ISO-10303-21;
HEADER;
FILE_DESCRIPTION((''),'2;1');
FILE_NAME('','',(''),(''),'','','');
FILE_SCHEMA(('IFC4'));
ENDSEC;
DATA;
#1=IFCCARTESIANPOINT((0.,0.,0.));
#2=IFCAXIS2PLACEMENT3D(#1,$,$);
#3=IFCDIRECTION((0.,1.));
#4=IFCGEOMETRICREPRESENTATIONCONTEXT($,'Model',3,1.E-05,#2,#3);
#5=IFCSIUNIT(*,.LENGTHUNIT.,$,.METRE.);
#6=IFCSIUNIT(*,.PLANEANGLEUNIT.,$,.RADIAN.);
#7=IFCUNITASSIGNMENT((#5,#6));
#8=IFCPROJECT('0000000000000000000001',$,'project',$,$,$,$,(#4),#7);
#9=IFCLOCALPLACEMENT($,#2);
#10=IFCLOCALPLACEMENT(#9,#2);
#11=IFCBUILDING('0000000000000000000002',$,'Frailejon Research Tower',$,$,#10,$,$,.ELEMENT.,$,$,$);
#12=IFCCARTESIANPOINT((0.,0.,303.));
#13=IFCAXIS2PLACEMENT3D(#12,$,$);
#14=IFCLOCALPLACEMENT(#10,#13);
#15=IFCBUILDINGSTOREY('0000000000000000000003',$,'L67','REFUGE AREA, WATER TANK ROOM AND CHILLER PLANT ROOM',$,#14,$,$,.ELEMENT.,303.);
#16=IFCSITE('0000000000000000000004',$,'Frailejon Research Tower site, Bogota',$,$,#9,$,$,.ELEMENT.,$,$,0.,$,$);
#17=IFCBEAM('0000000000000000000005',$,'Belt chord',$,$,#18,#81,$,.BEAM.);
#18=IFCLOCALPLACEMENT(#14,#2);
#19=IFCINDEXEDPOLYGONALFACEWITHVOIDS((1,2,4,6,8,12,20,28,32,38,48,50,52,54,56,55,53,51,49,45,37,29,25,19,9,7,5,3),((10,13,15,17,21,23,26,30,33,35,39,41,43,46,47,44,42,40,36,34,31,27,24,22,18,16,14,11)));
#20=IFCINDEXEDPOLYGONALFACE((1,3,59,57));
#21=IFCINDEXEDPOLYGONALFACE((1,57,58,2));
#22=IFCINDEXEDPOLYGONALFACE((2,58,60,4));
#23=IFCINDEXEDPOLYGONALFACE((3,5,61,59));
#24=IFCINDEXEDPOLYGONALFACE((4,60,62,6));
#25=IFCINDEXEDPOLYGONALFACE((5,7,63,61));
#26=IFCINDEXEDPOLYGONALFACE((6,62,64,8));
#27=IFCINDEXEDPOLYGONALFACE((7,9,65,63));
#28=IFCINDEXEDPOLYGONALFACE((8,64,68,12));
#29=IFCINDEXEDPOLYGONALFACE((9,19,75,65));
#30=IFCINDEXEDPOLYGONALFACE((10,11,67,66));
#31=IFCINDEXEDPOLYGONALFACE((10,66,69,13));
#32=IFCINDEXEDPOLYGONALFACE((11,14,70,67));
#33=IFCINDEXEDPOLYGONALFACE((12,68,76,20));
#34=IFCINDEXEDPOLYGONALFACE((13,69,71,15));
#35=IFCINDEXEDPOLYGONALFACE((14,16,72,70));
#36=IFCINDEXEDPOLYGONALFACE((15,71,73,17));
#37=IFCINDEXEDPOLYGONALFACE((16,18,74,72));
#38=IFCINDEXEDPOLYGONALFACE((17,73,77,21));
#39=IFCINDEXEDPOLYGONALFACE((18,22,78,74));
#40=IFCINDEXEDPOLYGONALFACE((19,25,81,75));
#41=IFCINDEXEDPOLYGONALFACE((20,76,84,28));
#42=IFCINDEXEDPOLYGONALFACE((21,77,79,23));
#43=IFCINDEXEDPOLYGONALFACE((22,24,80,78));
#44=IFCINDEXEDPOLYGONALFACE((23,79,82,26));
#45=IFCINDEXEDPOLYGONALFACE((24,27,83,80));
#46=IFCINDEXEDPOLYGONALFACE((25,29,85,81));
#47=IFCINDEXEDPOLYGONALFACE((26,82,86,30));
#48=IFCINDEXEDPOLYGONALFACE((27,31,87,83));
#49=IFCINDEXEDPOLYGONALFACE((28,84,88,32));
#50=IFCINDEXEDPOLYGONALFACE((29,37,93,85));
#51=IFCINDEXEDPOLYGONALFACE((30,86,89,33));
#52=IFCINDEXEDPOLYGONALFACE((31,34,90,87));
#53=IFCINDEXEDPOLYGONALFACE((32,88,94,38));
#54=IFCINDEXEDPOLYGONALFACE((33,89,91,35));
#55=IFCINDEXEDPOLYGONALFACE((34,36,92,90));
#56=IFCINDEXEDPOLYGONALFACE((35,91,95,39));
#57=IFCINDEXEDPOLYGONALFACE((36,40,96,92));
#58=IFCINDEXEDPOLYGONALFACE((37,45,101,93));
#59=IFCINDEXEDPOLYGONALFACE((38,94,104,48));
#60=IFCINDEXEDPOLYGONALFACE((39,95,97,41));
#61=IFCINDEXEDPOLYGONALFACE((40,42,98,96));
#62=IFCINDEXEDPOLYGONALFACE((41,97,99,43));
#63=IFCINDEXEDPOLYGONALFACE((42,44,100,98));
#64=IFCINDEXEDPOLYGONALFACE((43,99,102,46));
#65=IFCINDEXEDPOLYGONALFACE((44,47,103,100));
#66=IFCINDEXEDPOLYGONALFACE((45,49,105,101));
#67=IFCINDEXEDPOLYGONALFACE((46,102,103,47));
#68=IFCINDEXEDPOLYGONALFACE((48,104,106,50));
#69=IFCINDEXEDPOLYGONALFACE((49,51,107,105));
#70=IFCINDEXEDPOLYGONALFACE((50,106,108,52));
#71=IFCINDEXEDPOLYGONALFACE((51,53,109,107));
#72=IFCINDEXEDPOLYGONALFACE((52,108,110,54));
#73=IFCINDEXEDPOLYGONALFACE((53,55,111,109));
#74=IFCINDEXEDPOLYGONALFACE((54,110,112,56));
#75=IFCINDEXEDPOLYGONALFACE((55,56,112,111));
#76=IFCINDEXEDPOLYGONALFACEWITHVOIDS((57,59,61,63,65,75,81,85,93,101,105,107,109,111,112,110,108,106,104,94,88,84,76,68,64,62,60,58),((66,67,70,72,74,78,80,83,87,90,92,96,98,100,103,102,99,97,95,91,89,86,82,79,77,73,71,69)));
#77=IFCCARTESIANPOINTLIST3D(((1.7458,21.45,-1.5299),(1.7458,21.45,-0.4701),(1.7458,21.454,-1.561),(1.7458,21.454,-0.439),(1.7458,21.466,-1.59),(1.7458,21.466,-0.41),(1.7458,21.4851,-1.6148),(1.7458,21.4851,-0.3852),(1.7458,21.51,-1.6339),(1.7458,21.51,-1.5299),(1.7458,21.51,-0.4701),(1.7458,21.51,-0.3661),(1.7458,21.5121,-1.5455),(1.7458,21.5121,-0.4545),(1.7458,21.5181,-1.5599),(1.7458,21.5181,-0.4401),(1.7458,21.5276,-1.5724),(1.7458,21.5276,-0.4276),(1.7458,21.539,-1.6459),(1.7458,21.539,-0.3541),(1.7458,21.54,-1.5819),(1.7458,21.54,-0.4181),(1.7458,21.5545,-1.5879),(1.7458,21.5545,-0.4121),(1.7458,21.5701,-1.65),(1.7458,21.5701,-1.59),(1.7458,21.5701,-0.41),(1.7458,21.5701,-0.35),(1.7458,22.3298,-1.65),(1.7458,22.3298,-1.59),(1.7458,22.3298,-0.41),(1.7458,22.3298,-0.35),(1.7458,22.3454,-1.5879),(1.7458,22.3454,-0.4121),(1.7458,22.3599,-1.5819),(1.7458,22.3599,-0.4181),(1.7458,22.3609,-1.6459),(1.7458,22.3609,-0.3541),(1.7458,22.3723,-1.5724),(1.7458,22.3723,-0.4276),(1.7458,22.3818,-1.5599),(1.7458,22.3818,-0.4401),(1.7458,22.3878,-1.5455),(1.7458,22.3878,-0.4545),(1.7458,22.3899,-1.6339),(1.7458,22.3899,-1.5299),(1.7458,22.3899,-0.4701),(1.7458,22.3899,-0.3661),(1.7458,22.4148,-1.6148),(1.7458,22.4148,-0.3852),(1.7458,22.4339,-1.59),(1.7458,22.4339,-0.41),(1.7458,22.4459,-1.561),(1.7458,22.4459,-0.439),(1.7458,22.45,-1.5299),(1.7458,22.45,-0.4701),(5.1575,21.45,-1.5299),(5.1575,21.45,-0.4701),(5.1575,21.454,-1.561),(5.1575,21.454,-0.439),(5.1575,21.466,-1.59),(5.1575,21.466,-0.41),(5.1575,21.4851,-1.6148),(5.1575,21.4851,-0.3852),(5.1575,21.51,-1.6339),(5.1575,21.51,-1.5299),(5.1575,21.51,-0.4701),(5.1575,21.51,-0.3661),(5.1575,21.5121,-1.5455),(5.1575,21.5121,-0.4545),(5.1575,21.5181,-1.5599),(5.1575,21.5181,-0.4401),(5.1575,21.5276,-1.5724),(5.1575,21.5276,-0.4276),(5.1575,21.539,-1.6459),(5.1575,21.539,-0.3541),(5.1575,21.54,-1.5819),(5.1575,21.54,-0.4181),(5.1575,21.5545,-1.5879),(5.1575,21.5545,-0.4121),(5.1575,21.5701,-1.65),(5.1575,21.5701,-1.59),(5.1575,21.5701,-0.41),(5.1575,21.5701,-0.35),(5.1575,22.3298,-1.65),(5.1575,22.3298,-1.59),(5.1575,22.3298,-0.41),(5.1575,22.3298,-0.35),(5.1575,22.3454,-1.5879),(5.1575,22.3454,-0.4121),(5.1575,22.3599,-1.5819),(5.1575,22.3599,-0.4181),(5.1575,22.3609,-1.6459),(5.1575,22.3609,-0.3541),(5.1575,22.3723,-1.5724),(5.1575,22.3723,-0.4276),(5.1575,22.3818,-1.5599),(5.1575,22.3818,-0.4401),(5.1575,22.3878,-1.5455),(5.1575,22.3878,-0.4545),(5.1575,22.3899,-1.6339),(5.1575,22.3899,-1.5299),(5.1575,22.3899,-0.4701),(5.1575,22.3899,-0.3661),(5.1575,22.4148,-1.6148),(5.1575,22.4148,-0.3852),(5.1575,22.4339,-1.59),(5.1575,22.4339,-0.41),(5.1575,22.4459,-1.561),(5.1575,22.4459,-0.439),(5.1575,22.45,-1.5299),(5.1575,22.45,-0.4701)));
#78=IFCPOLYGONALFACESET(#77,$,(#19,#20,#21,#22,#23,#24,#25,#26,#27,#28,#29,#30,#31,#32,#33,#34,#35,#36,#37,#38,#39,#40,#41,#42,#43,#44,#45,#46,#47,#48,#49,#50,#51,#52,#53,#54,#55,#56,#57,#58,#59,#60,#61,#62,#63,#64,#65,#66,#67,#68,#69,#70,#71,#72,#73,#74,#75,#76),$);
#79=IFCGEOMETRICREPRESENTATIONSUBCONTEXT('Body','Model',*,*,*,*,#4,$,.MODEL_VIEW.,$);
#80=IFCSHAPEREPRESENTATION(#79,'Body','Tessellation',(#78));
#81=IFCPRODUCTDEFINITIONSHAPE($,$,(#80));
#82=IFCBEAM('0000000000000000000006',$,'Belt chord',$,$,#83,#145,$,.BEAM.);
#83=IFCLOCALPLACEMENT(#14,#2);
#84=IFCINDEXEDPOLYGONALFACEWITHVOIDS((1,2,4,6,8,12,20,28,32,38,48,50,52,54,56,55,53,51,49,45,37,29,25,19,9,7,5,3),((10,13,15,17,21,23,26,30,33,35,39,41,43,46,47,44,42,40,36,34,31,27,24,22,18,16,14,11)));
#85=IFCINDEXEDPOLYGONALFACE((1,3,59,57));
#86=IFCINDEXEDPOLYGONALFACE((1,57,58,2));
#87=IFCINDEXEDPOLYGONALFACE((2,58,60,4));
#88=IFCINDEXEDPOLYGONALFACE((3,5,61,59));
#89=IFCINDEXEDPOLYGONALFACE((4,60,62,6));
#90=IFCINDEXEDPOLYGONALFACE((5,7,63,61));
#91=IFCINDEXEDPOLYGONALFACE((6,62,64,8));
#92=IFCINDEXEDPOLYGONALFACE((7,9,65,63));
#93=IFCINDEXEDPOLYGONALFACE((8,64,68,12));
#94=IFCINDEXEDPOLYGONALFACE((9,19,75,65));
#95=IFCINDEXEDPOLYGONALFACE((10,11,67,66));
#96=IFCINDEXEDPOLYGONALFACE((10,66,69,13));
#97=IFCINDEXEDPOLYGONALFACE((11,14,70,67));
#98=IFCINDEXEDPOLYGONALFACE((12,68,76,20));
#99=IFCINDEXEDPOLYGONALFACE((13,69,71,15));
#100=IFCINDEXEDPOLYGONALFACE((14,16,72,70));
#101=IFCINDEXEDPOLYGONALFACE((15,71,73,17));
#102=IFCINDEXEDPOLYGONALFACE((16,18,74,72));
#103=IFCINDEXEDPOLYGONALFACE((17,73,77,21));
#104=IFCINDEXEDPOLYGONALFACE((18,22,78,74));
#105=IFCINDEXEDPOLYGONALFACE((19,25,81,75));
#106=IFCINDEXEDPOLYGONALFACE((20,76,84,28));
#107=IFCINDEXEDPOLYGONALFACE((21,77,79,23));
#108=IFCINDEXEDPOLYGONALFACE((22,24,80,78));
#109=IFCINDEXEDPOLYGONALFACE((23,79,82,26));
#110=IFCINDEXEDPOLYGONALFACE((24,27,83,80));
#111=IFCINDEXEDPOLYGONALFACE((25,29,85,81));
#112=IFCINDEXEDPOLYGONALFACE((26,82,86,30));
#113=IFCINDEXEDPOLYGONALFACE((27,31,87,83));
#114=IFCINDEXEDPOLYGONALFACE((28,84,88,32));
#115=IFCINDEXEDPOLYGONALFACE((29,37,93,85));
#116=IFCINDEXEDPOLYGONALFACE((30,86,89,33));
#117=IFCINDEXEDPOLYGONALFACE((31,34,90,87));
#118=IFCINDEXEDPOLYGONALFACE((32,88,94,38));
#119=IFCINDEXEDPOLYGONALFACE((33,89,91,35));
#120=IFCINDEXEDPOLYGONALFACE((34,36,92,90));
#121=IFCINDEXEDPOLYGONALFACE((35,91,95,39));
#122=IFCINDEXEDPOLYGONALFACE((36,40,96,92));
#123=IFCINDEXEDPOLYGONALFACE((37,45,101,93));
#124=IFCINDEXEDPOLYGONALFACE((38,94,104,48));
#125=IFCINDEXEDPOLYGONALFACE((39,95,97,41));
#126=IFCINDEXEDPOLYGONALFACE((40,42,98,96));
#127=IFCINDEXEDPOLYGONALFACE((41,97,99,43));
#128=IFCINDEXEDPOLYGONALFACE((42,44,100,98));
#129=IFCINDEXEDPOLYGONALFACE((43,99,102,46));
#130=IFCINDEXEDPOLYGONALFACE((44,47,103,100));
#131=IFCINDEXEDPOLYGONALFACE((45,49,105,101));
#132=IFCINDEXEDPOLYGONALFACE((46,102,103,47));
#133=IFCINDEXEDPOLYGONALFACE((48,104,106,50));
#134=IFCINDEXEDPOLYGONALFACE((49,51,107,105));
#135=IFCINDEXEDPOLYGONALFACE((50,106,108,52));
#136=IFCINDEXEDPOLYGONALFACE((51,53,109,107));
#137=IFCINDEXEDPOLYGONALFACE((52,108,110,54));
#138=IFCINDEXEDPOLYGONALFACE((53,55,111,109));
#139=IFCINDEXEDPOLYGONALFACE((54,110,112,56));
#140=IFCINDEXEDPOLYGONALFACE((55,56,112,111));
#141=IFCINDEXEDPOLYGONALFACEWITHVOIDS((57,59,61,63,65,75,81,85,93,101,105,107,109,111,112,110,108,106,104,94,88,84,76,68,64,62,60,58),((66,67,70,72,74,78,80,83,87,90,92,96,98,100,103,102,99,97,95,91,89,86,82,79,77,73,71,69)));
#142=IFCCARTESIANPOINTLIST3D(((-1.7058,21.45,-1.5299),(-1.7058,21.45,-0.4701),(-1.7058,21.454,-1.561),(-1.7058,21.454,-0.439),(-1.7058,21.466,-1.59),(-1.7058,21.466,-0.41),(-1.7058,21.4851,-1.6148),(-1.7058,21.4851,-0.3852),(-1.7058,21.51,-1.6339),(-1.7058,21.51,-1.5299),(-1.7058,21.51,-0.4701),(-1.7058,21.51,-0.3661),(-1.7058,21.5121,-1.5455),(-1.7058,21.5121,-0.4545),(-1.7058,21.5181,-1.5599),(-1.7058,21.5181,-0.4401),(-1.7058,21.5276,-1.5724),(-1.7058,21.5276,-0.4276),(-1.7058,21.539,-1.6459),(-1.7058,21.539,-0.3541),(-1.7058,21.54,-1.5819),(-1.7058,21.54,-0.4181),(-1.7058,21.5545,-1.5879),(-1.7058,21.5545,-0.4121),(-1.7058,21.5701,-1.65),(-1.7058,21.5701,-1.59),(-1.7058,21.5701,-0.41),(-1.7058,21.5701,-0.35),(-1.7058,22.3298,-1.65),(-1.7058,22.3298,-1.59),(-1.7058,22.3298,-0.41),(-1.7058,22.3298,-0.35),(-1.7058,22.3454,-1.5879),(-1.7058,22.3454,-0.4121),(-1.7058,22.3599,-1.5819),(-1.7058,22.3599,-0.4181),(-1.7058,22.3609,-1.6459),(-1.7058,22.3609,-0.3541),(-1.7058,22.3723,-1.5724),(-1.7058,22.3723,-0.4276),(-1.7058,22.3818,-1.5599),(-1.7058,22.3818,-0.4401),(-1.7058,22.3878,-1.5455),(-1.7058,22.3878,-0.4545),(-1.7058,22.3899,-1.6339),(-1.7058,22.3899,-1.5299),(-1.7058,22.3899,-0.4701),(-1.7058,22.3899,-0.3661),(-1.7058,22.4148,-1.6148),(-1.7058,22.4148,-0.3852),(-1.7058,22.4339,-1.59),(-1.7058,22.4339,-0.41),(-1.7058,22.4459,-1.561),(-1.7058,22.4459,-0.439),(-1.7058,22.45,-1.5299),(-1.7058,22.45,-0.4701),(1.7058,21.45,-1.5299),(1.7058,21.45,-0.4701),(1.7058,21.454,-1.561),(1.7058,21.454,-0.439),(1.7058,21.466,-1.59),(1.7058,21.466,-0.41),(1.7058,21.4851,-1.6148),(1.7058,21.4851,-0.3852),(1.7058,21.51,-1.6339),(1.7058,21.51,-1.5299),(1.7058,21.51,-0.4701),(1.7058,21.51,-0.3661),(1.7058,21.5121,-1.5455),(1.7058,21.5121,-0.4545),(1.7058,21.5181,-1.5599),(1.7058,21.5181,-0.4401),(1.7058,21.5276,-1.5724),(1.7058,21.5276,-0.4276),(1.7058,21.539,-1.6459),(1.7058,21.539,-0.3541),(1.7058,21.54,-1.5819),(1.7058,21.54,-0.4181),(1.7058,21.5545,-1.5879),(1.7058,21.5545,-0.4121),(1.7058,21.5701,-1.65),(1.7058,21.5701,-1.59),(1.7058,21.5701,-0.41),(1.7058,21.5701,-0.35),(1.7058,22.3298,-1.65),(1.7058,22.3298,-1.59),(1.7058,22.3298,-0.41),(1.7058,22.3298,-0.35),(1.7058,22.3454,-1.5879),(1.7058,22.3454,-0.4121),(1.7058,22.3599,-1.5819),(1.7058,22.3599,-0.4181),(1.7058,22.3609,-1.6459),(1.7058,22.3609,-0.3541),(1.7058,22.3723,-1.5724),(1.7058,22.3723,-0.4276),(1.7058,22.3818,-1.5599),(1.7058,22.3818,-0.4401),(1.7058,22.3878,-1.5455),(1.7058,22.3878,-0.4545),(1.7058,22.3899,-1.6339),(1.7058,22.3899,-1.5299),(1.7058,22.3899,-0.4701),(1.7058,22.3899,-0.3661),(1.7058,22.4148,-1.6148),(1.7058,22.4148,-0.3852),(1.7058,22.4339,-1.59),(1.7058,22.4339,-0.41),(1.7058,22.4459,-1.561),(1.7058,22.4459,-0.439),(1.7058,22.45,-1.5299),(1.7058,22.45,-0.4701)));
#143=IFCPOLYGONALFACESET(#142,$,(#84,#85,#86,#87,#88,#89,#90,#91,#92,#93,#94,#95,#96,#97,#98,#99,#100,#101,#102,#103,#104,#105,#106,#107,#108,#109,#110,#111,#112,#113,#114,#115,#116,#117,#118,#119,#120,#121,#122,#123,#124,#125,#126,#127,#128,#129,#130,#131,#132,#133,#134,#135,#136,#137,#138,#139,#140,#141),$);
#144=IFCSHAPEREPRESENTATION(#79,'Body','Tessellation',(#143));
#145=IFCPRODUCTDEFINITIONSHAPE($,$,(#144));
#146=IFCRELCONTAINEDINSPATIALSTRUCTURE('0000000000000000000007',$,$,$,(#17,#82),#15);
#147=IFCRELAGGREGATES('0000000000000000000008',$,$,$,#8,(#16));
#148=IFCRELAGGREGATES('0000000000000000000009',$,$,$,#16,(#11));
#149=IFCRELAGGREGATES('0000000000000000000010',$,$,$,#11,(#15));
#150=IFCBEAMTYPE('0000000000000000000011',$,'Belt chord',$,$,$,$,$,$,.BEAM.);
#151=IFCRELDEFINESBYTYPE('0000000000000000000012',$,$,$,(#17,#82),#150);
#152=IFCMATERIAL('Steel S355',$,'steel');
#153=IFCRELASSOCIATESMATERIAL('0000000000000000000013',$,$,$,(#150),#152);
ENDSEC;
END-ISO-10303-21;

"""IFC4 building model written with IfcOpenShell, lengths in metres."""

from ifc_helpers import new_model, si_unit, direction, frame, origin, origin_2d, place, context, subcontext, project, spatial, hollow_rectangle, extrude, material, material_profile, profile_set, type_object, element, save


model = new_model("IFC4")

# Units and contexts
model_context = context("Model", 3, precision=1e-05, world=origin(), true_north=direction((0.0, 1.0)))
body_context = subcontext(model_context, "Body", "Model", "MODEL_VIEW")
ifc_project = project(units=[si_unit("LENGTHUNIT", "METRE"), si_unit("PLANEANGLEUNIT", "RADIAN")], contexts=[model_context])

# Site, building, storey
site_placement = place(None, origin())
site = spatial("IfcSite", under=ifc_project, at=site_placement, Name="Frailejon Research Tower site, Bogota", CompositionType="ELEMENT", RefElevation=0.0)
building_placement = place(site_placement, origin())
building = spatial("IfcBuilding", under=site, at=building_placement, Name="Frailejon Research Tower", CompositionType="ELEMENT")
storey_placement = place(building_placement, frame((0.0, 0.0, 303.0)))
storey = spatial("IfcBuildingStorey", under=building, at=storey_placement, Name="L67", Description="REFUGE AREA, WATER TANK ROOM AND CHILLER PLANT ROOM", CompositionType="ELEMENT", Elevation=303.0)

# Beams
ifc_material_1 = material(Name="Steel S355", Category="steel")
ifc_material_profile_1 = material_profile(ifc_material_1, hollow_rectangle(XDim=1.0, YDim=1.3, WallThickness=0.0601, InnerFilletRadius=0.0601, OuterFilletRadius=0.1201, at=origin_2d()), Name="Belt chord")
ifc_profile_set_1 = profile_set([ifc_material_profile_1], Name="Steel S355")
beam_type_1 = type_object("IfcBeamType", Name="Belt chord", PredefinedType="BEAM", material=ifc_profile_set_1)
for number, where, z_axis, x_axis, name in (
    (1, (5.1575, 21.95, -1.0), (-1.0, 0.0, 0.0), (0.0, -1.0, 0.0), "Belt chord"),
    (2, (1.7058, 21.95, -1.0), (-1.0, 0.0, 0.0), (0.0, -1.0, 0.0), "Belt chord"),
):
    element("IfcBeam", number, at=place(storey_placement, frame(where, z_axis=z_axis, x_axis=x_axis)), inside=storey, type_object=beam_type_1, Name=name, PredefinedType="BEAM", context=body_context, shape_type="SweptSolid", body=[
        extrude(hollow_rectangle(XDim=1.0, YDim=1.3, WallThickness=0.0601, InnerFilletRadius=0.0601, OuterFilletRadius=0.1201, at=origin_2d()), origin(), (0.0, 0.0, 1.0), 3.4116),
    ])

save(model, "model.ifc")
